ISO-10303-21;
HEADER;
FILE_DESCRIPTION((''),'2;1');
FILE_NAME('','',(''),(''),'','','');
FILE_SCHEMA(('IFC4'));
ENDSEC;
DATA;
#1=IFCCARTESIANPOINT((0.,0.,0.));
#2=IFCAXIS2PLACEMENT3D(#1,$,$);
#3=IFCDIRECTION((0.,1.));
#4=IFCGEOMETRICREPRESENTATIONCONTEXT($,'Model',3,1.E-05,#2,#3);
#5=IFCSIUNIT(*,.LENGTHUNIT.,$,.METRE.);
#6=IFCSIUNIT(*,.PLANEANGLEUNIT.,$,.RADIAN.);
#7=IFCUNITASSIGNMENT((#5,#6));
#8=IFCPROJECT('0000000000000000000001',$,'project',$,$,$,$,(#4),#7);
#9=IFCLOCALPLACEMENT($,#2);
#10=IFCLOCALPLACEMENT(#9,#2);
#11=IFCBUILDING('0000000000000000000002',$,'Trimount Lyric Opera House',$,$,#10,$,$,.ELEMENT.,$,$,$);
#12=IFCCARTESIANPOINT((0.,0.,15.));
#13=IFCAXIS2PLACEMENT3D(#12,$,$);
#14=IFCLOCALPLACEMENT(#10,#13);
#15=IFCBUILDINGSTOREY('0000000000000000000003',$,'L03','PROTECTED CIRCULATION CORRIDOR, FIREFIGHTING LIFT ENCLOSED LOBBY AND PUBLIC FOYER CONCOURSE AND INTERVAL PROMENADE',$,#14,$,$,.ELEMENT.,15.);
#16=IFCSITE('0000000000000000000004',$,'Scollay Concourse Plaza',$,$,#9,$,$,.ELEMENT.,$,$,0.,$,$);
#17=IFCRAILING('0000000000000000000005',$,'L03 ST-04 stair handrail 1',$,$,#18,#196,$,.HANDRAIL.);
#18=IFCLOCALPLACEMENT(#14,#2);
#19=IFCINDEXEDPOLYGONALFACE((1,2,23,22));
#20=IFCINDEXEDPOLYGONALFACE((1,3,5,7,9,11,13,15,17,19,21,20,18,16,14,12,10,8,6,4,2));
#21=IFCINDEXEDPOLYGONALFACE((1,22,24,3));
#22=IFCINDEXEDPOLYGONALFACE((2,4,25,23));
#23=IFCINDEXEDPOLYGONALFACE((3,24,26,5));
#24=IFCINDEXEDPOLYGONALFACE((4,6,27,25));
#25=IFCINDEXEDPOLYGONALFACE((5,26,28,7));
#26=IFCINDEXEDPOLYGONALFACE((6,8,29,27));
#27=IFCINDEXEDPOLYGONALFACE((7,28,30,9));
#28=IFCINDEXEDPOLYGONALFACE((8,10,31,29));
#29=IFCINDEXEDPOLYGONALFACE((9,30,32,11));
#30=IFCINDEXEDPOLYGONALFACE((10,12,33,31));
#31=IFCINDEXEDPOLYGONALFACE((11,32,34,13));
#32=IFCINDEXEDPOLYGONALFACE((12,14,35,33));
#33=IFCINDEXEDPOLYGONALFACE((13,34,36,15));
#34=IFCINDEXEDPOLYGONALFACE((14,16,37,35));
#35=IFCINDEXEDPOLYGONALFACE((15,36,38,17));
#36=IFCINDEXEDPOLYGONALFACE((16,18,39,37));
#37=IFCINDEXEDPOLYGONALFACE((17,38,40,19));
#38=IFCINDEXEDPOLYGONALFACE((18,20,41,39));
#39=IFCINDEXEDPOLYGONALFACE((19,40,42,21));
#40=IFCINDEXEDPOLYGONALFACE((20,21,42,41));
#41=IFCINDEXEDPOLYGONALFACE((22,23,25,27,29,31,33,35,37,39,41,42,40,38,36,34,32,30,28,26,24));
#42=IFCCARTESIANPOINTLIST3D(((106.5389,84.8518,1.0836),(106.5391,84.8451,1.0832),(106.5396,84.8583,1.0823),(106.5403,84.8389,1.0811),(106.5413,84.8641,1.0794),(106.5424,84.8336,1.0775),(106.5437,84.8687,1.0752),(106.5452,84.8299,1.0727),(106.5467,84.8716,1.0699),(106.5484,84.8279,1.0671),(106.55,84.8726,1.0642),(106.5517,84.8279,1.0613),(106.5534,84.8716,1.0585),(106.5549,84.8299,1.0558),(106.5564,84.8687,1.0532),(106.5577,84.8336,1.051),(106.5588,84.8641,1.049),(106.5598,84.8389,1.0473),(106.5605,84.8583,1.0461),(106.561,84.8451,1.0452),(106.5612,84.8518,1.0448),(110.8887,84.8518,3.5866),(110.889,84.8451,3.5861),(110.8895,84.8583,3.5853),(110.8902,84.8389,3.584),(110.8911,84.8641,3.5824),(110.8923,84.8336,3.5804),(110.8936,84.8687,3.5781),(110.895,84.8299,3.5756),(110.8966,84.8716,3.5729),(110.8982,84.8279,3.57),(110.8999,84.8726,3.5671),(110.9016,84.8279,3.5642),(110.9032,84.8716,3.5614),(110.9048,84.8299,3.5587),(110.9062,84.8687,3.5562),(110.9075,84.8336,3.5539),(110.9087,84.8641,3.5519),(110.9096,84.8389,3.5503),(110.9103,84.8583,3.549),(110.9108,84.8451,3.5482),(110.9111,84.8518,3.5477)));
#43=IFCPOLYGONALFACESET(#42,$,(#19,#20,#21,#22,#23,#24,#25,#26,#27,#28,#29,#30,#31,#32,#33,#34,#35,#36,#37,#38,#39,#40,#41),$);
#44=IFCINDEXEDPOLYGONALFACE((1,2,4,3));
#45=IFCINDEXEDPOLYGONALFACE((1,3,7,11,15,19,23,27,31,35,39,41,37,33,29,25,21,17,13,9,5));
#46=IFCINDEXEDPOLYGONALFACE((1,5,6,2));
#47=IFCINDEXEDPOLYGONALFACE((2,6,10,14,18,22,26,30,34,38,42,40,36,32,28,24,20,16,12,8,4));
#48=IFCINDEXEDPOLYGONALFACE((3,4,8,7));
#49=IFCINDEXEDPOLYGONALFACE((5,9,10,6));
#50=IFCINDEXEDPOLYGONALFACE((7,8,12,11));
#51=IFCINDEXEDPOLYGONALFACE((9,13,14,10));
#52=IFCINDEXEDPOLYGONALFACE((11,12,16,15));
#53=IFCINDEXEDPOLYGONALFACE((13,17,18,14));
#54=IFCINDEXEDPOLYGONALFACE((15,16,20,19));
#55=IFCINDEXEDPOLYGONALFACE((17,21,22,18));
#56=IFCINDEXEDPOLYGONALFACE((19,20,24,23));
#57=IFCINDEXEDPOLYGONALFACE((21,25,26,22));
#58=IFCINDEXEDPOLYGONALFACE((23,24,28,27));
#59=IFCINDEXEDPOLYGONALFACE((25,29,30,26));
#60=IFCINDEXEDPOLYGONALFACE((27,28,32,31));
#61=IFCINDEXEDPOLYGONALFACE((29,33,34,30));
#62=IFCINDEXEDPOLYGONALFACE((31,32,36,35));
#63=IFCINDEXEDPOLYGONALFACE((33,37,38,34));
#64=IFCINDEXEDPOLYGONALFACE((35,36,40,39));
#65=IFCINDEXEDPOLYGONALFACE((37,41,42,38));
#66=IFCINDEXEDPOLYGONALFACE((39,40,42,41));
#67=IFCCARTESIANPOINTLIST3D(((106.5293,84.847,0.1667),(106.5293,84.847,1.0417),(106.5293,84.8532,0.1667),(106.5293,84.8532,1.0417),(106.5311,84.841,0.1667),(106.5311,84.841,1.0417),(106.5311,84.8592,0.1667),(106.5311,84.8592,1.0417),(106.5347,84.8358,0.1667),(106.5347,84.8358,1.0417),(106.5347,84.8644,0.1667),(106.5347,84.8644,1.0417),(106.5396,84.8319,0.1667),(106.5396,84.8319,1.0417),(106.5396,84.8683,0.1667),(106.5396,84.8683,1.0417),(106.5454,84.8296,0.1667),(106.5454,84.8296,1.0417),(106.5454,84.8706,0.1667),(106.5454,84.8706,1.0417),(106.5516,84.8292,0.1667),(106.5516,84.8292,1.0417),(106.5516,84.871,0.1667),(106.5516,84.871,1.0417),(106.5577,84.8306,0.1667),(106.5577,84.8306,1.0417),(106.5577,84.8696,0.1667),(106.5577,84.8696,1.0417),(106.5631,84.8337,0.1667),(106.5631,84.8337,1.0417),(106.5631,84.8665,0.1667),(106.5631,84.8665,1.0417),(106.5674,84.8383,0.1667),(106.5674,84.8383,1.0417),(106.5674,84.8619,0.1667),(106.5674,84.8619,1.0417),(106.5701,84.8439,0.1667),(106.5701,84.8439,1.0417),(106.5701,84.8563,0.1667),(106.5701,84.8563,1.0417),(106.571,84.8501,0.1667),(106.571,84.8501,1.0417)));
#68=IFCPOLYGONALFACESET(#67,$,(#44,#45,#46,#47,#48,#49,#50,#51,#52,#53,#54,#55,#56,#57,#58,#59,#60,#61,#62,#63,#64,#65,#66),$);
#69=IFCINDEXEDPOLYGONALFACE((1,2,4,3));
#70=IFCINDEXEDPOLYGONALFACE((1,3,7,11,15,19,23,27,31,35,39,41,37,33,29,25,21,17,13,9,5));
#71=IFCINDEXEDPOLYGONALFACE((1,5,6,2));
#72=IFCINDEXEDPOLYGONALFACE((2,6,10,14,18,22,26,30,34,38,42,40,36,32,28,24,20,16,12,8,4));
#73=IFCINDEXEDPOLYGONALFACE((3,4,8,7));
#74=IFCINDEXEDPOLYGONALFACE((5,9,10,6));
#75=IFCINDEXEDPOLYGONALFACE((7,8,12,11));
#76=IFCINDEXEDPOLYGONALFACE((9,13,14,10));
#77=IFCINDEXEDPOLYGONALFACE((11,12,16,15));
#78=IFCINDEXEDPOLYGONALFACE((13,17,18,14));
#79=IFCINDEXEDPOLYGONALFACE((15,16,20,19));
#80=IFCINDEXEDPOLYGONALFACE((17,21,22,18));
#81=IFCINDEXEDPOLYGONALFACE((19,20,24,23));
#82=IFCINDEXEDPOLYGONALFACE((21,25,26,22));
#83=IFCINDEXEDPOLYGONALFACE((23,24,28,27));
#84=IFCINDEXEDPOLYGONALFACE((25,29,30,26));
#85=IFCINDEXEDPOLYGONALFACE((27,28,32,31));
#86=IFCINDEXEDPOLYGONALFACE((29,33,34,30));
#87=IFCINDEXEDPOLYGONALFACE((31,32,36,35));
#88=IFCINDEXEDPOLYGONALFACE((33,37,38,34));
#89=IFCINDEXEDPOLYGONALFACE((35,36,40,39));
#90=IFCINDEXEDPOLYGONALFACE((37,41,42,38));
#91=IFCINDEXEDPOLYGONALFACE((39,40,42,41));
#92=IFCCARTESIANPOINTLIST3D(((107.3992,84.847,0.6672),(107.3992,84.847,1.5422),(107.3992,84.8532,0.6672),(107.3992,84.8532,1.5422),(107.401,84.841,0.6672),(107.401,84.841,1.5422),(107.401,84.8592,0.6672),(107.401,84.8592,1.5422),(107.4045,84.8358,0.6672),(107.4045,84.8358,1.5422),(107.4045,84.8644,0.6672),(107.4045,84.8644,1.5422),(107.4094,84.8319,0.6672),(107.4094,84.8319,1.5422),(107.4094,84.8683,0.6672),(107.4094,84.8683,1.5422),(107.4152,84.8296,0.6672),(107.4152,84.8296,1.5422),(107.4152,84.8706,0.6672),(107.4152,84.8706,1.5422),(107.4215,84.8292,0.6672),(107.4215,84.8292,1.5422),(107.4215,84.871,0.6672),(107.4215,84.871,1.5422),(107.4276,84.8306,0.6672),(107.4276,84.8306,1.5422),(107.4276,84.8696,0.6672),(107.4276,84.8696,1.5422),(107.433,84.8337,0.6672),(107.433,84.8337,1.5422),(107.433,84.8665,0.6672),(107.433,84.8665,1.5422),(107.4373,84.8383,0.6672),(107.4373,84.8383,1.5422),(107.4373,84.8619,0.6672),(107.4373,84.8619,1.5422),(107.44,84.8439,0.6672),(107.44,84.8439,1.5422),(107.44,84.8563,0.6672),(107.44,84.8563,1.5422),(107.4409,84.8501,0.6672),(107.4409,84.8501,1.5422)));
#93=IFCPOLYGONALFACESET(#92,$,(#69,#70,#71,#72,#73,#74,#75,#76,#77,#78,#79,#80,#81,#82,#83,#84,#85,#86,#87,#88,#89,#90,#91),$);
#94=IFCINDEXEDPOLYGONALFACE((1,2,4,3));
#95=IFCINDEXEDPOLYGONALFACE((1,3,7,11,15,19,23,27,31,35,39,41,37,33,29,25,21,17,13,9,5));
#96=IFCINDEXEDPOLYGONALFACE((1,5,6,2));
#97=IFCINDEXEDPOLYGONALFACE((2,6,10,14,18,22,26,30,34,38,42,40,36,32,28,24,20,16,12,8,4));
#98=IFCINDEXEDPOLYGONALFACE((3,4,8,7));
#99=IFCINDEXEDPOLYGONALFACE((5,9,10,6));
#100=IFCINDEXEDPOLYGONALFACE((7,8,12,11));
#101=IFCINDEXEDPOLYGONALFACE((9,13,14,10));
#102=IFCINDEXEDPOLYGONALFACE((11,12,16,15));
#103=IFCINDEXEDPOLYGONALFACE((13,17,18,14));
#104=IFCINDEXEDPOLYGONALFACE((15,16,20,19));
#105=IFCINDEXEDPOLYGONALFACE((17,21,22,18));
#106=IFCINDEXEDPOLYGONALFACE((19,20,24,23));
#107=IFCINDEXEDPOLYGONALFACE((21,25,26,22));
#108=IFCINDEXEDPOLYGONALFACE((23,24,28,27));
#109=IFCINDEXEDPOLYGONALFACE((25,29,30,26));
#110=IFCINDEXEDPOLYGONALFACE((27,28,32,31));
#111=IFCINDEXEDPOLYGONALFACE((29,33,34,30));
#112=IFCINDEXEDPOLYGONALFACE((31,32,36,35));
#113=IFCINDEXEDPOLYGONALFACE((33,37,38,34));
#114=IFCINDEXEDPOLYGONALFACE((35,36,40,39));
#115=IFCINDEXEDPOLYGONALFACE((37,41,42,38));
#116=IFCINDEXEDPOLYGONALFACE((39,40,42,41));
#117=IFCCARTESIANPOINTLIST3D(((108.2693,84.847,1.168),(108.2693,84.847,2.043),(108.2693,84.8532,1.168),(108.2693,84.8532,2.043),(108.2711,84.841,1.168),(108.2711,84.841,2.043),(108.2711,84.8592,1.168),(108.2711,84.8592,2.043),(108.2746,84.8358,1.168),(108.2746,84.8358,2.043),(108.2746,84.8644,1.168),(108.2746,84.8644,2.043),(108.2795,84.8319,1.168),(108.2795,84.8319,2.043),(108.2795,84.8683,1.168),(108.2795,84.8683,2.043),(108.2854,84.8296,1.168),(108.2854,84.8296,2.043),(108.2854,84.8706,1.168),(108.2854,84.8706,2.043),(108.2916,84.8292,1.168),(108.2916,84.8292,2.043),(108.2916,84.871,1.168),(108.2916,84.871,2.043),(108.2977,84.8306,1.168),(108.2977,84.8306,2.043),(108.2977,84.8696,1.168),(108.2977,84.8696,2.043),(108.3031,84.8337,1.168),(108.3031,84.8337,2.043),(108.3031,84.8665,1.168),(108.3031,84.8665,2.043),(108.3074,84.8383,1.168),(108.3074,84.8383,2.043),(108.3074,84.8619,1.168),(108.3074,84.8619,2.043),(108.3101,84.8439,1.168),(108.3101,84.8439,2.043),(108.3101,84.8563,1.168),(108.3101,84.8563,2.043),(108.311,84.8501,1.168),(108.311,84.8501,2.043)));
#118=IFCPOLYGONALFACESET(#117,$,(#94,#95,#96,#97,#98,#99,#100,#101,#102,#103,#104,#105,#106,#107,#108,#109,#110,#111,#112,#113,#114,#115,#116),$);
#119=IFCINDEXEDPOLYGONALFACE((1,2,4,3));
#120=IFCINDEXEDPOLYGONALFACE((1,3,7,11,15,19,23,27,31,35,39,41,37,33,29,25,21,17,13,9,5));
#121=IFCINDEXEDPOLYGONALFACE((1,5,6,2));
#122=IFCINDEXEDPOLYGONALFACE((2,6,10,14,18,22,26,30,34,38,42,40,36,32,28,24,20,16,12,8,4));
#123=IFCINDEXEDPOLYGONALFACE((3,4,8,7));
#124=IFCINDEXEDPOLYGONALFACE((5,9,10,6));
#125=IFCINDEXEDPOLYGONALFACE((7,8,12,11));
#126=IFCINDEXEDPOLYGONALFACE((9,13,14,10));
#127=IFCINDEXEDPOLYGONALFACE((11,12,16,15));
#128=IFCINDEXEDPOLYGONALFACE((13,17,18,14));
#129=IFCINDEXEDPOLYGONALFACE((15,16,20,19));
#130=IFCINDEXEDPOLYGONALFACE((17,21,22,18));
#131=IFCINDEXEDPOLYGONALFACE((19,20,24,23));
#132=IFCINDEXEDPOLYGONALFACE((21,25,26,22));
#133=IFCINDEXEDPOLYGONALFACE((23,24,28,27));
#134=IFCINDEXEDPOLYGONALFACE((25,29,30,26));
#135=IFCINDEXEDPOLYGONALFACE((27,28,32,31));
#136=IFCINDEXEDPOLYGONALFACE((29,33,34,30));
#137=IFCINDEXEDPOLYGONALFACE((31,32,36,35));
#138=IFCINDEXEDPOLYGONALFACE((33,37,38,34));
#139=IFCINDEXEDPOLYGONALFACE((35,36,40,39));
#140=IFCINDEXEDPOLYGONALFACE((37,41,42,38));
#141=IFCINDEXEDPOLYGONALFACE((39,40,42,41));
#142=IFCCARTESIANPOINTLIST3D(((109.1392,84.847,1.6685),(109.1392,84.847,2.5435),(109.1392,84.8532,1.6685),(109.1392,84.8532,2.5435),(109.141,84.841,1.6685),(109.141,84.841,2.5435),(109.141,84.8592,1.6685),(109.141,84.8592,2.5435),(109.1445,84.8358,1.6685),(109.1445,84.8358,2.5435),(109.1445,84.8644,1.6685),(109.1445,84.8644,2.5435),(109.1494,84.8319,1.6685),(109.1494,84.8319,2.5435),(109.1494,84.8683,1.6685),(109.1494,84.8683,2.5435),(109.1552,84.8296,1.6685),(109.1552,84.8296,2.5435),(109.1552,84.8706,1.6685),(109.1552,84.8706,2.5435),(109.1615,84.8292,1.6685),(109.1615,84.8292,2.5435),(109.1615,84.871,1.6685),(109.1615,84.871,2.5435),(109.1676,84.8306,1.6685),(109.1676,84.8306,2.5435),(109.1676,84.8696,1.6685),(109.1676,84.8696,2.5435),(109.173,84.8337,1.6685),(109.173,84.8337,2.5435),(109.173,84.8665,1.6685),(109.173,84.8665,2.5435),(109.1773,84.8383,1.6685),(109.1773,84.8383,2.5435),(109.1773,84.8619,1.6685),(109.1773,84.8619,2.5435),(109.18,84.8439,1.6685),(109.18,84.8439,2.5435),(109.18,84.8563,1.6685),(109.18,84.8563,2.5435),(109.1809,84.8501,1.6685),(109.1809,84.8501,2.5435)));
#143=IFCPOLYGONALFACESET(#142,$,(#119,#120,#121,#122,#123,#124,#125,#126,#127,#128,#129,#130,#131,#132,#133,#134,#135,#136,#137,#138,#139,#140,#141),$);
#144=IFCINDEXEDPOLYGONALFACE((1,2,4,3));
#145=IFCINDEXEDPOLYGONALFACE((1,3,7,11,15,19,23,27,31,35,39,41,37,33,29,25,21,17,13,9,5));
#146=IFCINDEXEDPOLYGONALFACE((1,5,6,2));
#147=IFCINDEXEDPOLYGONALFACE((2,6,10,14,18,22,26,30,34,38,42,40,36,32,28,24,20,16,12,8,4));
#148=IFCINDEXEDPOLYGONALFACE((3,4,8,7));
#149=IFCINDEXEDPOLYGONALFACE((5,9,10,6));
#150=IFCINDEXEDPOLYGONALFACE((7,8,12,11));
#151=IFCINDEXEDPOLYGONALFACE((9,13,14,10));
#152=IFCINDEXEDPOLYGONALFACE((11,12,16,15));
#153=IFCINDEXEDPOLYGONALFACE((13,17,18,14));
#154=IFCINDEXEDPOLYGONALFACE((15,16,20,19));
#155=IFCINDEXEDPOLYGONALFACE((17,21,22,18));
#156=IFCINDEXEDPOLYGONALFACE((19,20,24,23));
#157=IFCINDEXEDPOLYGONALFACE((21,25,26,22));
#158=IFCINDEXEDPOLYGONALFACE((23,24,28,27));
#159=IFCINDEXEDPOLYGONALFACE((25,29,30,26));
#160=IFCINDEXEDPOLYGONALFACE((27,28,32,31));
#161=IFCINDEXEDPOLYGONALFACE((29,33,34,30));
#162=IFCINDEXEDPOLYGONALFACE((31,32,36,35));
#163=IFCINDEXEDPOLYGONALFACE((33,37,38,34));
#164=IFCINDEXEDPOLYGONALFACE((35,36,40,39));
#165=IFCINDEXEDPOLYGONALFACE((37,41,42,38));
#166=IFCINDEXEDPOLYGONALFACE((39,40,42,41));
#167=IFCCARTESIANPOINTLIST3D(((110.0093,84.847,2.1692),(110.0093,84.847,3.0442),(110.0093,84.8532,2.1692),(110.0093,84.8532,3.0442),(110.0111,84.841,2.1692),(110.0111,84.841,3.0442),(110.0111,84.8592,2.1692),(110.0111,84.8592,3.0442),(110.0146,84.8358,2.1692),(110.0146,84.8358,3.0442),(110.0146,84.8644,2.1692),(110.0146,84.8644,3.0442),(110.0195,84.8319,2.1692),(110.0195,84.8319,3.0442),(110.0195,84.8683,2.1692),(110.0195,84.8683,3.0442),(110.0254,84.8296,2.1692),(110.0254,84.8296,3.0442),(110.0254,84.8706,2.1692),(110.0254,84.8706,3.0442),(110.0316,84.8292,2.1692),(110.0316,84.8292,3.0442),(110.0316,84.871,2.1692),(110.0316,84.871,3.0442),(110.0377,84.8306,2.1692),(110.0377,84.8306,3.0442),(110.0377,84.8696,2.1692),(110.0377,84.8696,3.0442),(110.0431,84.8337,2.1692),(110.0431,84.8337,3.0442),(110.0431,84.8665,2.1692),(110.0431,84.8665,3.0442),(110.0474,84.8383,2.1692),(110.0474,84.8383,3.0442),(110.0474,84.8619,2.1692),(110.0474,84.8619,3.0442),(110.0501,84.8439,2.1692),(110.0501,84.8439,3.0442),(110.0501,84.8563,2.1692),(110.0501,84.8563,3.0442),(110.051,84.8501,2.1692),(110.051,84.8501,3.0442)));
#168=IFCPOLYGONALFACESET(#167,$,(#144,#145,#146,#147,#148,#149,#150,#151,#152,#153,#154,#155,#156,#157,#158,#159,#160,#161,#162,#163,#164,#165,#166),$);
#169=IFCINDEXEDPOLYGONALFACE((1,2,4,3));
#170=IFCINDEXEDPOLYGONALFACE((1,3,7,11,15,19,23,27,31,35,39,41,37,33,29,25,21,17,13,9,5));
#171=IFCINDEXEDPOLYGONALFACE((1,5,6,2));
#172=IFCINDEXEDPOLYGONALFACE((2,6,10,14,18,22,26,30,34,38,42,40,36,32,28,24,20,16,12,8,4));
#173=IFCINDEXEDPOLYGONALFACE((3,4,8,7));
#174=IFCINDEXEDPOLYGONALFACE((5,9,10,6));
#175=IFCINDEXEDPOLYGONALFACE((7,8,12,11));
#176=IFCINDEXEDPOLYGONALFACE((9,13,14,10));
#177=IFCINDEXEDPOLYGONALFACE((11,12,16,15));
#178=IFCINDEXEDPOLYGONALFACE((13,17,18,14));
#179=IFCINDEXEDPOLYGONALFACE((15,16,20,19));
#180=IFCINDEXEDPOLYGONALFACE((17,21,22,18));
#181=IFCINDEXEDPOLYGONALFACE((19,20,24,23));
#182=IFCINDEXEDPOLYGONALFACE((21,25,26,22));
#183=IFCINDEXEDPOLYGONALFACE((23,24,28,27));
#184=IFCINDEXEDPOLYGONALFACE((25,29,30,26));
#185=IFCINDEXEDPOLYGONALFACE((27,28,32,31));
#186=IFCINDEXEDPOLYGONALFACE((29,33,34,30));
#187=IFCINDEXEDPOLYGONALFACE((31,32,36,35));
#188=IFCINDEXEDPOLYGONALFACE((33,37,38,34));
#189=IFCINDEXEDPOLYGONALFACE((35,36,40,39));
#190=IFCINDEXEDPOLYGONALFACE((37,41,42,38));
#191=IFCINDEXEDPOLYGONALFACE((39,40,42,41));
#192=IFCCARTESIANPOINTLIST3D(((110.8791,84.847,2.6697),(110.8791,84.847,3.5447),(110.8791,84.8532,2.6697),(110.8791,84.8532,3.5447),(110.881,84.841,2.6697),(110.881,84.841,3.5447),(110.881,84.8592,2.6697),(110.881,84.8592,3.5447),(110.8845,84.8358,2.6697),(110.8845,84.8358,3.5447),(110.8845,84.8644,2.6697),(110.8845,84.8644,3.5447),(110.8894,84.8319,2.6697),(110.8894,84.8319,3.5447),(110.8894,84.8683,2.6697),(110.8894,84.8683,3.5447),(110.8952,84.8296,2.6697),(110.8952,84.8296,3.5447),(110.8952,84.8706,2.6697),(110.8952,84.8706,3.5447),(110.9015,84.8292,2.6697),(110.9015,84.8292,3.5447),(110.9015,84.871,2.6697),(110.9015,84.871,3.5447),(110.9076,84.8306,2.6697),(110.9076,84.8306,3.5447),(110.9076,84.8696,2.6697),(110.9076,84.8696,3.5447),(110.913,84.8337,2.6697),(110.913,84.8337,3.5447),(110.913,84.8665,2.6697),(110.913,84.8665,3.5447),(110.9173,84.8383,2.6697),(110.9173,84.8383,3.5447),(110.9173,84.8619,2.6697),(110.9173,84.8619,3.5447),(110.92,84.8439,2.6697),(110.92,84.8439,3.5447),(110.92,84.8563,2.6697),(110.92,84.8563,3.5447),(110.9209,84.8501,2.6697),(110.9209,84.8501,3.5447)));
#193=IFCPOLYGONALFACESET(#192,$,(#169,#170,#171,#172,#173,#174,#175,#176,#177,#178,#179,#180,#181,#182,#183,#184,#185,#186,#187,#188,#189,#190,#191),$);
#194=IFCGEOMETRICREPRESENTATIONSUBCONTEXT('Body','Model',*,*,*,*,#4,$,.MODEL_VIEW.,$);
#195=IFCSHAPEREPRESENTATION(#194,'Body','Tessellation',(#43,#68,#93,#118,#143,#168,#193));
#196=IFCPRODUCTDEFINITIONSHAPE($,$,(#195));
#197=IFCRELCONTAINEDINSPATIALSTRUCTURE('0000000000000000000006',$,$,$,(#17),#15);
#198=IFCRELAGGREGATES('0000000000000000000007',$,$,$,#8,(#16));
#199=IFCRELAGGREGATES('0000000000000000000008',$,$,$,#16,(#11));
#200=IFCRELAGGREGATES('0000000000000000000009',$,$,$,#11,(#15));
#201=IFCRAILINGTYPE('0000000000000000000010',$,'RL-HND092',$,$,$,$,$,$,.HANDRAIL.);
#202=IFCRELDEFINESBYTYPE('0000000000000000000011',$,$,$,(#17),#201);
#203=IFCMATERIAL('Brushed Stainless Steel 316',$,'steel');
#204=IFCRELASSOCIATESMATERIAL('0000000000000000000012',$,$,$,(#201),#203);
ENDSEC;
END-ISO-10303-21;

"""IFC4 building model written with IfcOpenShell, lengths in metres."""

from ifc_helpers import new_model, si_unit, direction, frame, origin, origin_2d, place, context, subcontext, project, spatial, circle, extrude, material, type_object, element, save


model = new_model("IFC4")

# Units and contexts
model_context = context("Model", 3, precision=1e-05, world=origin(), true_north=direction((0.0, 1.0)))
body_context = subcontext(model_context, "Body", "Model", "MODEL_VIEW")
ifc_project = project(units=[si_unit("LENGTHUNIT", "METRE"), si_unit("PLANEANGLEUNIT", "RADIAN")], contexts=[model_context])

# Site, building, storey
site_placement = place(None, origin())
site = spatial("IfcSite", under=ifc_project, at=site_placement, Name="Scollay Concourse Plaza", CompositionType="ELEMENT", RefElevation=0.0)
building_placement = place(site_placement, origin())
building = spatial("IfcBuilding", under=site, at=building_placement, Name="Trimount Lyric Opera House", CompositionType="ELEMENT")
storey_placement = place(building_placement, frame((0.0, 0.0, 15.0)))
storey = spatial("IfcBuildingStorey", under=building, at=storey_placement, Name="L03", Description="PROTECTED CIRCULATION CORRIDOR, FIREFIGHTING LIFT ENCLOSED LOBBY AND PUBLIC FOYER CONCOURSE AND INTERVAL PROMENADE", CompositionType="ELEMENT", Elevation=15.0)

# Railing
ifc_material_1 = material(Name="Brushed Stainless Steel 316", Category="steel")
railing_type_1 = type_object("IfcRailingType", Name="RL-HND092", PredefinedType="HANDRAIL", material=ifc_material_1)
railing_1_placement = place(storey_placement, frame((106.55, 84.8501, 0.1667)))
element("IfcRailing", 1, at=railing_1_placement, inside=storey, type_object=railing_type_1, Name="L03 ST-04 stair handrail 1", PredefinedType="HANDRAIL", context=body_context, shape_type="SweptSolid", body=[
    extrude(circle(Radius=0.0225, at=origin_2d()), frame((0.0, 0.0, 0.8975), z_axis=(0.866754, 0.0, 0.498735), x_axis=(0.0, 1.0, 0.0)), (0.0, 0.0, 1.0), 5.0186),
    extrude(circle(Radius=0.021, at=origin_2d()), origin(), (0.0, 0.0, 1.0), 0.875),
    extrude(circle(Radius=0.021, at=origin_2d()), frame((0.8699, 0.0, 0.5005)), (0.0, 0.0, 1.0), 0.875),
    extrude(circle(Radius=0.021, at=origin_2d()), frame((1.74, 0.0, 1.0012)), (0.0, 0.0, 1.0), 0.875),
    extrude(circle(Radius=0.021, at=origin_2d()), frame((2.6099, 0.0, 1.5017)), (0.0, 0.0, 1.0), 0.875),
    extrude(circle(Radius=0.021, at=origin_2d()), frame((3.48, 0.0, 2.0024)), (0.0, 0.0, 1.0), 0.875),
    extrude(circle(Radius=0.021, at=origin_2d()), frame((4.3499, 0.0, 2.5029)), (0.0, 0.0, 1.0), 0.875),
])

save(model, "model.ifc")
